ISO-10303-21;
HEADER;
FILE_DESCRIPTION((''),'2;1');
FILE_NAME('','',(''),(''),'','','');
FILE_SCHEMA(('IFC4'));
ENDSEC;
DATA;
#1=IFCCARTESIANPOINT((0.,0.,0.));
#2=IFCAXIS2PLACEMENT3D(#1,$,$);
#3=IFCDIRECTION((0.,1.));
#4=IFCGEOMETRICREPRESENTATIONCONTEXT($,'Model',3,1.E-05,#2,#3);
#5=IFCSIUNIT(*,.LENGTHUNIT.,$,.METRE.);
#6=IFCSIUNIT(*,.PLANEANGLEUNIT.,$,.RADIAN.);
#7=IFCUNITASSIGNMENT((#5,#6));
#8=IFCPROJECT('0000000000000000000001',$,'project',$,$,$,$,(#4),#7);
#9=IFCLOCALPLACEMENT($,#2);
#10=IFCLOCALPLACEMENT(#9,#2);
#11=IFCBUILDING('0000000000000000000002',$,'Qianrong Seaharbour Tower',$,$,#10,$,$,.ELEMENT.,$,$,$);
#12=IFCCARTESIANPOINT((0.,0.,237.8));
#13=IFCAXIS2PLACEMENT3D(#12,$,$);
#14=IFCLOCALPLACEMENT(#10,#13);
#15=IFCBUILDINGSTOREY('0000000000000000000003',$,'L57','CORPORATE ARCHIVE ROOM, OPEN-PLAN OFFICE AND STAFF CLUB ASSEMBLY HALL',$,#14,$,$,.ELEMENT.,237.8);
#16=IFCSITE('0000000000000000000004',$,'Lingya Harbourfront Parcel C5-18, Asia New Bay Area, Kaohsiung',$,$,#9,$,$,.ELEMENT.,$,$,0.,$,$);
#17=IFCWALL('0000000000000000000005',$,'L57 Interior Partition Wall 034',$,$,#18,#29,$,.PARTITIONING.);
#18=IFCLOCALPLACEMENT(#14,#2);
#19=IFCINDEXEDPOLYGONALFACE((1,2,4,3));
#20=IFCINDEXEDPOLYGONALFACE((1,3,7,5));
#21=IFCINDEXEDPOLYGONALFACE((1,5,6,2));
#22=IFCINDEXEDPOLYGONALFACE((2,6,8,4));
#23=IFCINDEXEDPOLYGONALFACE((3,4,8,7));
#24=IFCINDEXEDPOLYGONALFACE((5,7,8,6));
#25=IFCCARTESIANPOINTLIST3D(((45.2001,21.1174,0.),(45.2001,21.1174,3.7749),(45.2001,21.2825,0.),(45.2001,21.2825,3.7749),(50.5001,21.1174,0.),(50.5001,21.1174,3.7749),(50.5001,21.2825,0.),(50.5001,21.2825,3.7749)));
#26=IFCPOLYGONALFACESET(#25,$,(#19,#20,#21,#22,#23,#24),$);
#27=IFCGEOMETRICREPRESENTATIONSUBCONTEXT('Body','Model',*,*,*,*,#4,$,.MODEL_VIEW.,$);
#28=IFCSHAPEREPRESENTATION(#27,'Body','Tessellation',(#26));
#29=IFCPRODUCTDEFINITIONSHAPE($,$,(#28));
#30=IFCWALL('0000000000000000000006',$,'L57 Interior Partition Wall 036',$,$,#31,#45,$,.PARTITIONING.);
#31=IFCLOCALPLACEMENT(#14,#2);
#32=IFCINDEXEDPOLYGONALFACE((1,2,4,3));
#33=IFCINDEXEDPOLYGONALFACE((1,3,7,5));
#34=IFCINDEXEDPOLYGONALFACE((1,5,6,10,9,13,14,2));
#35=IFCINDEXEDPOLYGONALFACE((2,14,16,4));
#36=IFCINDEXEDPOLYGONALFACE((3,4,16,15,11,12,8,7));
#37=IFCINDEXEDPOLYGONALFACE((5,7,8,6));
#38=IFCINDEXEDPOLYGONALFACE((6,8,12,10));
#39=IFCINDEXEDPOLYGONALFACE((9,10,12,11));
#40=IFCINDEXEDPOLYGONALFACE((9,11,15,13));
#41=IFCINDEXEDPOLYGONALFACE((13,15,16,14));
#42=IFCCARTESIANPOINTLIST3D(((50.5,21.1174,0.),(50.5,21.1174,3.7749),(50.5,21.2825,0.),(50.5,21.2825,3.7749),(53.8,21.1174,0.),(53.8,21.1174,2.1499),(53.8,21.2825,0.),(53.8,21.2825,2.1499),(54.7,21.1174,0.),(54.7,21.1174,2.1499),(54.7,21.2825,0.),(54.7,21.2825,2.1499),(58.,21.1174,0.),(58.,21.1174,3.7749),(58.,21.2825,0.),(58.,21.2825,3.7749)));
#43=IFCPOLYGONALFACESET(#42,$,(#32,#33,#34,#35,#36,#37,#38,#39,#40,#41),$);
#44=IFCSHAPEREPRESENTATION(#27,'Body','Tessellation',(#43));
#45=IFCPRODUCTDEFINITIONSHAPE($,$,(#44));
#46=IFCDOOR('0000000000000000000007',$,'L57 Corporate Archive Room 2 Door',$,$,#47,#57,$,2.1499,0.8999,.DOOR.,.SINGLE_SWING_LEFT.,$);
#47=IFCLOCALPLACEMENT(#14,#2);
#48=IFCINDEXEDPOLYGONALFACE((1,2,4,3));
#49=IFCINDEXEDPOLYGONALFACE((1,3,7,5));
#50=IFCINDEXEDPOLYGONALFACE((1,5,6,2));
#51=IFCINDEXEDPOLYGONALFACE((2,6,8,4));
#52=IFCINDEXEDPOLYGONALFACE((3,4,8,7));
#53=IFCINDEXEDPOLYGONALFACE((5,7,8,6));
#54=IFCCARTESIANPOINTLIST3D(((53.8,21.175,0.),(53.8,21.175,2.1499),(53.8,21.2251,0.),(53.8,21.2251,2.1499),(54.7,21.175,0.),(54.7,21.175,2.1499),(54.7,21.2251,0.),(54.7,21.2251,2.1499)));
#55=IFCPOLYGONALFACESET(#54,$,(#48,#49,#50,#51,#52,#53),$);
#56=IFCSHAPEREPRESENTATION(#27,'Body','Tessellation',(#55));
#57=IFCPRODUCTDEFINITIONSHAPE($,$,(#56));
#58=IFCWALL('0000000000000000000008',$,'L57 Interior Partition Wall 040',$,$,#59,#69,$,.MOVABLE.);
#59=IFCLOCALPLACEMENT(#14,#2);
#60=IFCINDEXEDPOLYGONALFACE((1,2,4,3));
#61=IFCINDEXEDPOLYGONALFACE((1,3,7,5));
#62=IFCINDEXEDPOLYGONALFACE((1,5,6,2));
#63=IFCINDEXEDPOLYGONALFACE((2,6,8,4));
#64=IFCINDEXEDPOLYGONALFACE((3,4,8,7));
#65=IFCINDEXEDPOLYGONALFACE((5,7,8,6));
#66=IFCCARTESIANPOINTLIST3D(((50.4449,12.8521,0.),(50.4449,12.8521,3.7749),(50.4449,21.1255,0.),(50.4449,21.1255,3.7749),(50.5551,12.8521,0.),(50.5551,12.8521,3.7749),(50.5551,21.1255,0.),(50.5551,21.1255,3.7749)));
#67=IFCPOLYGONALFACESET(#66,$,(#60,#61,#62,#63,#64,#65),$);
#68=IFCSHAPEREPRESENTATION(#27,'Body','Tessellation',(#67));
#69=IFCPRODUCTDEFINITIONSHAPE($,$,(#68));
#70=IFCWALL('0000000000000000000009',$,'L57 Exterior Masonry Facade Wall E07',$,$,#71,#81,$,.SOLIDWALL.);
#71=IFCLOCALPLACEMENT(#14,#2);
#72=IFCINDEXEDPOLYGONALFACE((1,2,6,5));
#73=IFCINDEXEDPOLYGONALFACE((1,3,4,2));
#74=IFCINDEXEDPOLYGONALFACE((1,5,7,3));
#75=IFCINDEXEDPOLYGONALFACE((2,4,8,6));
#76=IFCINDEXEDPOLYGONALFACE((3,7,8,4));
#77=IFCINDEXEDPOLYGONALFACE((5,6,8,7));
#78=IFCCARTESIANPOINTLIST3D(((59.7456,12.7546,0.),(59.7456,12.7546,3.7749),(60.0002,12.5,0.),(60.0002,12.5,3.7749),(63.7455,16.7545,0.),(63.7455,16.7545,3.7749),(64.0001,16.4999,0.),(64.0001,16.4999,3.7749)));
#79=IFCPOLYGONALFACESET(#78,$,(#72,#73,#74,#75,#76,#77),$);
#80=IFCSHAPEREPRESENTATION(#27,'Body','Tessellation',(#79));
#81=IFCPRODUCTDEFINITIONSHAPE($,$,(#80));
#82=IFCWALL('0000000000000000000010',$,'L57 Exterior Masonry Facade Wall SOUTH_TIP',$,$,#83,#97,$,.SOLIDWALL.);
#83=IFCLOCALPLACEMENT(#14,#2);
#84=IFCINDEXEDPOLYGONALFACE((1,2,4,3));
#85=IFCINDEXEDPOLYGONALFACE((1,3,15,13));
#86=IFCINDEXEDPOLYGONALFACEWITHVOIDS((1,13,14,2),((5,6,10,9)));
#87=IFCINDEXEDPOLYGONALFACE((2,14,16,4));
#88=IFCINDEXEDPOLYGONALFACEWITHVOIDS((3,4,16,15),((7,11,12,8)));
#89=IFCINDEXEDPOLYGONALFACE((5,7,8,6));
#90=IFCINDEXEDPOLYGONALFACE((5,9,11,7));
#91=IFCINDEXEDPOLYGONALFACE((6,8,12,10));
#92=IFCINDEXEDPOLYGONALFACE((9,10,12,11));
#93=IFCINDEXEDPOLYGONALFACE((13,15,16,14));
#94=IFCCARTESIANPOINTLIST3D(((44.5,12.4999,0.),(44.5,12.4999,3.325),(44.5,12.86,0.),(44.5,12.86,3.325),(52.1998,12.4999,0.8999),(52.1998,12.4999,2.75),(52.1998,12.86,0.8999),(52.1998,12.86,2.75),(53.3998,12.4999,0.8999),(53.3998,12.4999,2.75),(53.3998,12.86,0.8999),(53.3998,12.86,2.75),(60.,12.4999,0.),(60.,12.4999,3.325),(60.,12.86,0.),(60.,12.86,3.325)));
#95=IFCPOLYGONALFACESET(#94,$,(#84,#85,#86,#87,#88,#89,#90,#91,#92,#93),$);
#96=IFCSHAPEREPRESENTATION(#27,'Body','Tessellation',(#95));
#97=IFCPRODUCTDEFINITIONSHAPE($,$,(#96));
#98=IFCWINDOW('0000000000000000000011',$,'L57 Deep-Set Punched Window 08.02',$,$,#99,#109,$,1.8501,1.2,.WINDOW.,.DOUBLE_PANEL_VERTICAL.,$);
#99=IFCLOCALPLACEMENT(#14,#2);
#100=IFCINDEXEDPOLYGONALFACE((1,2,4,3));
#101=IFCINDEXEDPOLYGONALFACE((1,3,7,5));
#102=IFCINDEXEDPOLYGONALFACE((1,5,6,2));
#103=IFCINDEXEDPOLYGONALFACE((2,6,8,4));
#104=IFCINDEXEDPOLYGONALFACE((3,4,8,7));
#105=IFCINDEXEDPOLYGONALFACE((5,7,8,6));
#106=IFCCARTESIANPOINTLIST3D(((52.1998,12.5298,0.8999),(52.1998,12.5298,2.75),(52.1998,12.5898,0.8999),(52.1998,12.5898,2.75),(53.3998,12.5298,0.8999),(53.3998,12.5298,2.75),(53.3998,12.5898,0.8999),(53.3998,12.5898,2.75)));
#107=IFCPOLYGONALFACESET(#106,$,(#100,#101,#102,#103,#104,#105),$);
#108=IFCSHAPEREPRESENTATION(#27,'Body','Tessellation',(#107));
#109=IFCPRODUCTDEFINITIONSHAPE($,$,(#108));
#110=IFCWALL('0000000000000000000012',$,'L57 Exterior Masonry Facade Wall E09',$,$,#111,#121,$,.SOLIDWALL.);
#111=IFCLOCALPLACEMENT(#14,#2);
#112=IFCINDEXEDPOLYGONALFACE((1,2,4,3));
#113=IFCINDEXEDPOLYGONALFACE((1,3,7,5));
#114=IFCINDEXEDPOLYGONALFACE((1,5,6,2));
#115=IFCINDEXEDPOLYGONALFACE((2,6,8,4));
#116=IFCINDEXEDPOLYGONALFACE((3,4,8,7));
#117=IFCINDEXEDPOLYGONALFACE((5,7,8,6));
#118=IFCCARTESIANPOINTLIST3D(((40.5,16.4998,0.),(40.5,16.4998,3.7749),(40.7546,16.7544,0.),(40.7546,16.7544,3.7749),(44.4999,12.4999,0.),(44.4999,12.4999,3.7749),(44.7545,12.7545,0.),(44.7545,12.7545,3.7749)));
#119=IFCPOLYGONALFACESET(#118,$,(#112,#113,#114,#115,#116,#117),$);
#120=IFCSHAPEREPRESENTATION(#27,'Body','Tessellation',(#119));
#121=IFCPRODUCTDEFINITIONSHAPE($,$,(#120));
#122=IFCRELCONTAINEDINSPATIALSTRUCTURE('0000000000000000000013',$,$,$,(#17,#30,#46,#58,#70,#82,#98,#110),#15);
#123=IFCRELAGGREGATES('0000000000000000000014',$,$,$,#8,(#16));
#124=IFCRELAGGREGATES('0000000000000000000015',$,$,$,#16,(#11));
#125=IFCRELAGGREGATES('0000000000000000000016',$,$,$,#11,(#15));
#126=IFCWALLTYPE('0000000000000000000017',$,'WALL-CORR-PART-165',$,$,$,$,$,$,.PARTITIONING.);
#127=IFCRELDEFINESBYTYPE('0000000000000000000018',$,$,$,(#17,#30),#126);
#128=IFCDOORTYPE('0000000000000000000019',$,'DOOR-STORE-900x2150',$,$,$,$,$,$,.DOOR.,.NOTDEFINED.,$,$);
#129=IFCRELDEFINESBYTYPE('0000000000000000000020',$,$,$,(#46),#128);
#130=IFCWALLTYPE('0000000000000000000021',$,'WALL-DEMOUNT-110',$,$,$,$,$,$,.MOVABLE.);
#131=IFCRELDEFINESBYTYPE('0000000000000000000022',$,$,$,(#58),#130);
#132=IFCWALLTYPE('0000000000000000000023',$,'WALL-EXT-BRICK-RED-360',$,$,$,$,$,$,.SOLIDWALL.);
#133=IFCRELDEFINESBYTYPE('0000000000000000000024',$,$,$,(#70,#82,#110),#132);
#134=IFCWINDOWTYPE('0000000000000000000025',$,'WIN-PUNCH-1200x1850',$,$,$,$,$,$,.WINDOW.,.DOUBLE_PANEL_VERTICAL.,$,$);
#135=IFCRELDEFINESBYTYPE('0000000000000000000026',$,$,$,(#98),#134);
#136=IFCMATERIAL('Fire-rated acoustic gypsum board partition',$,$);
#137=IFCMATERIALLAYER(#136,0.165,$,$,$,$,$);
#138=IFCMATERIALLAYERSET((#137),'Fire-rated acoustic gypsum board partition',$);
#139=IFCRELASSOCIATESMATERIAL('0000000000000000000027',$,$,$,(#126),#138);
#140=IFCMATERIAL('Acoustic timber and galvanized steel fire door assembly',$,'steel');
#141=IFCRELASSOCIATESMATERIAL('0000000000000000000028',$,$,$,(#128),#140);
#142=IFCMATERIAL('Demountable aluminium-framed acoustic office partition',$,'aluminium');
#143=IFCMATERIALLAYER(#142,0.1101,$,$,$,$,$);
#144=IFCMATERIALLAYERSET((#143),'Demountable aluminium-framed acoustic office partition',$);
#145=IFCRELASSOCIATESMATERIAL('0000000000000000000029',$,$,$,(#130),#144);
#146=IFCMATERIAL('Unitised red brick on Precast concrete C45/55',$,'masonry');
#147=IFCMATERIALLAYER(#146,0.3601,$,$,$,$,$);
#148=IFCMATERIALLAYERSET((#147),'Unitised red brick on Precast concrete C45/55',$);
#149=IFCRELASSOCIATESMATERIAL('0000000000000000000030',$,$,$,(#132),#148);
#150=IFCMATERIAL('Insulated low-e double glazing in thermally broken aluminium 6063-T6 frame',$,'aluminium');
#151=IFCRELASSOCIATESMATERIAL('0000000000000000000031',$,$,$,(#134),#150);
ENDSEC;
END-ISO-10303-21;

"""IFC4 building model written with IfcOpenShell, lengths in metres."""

from ifc_helpers import new_model, si_unit, direction, frame, frame_2d, origin, place, context, subcontext, project, spatial, rectangle, extrude, material, layer, layer_set, type_object, element, fill, save


model = new_model("IFC4")

# Units and contexts
model_context = context("Model", 3, precision=1e-05, world=origin(), true_north=direction((0.0, 1.0)))
body_context = subcontext(model_context, "Body", "Model", "MODEL_VIEW")
ifc_project = project(units=[si_unit("LENGTHUNIT", "METRE"), si_unit("PLANEANGLEUNIT", "RADIAN")], contexts=[model_context])

# Site, building, storey
site_placement = place(None, origin())
site = spatial("IfcSite", under=ifc_project, at=site_placement, Name="Lingya Harbourfront Parcel C5-18, Asia New Bay Area, Kaohsiung", CompositionType="ELEMENT", RefElevation=0.0)
building_placement = place(site_placement, origin())
building = spatial("IfcBuilding", under=site, at=building_placement, Name="Qianrong Seaharbour Tower", CompositionType="ELEMENT")
storey_placement = place(building_placement, frame((0.0, 0.0, 237.8)))
storey = spatial("IfcBuildingStorey", under=building, at=storey_placement, Name="L57", Description="CORPORATE ARCHIVE ROOM, OPEN-PLAN OFFICE AND STAFF CLUB ASSEMBLY HALL", CompositionType="ELEMENT", Elevation=237.8)

# Shared definitions
ifc_material_1 = material(Name="Fire-rated acoustic gypsum board partition")
ifc_layer_1 = layer(ifc_material_1, 0.165)
ifc_layer_set_1 = layer_set([ifc_layer_1], Name="Fire-rated acoustic gypsum board partition")
wall_type_1 = type_object("IfcWallType", Name="WALL-CORR-PART-165", PredefinedType="PARTITIONING", material=ifc_layer_set_1)

# Shared definitions
ifc_material_2 = material(Name="Acoustic timber and galvanized steel fire door assembly", Category="steel")

# Wall
wall_1_placement = place(storey_placement, frame((50.5, 21.2, 0.0), z_axis=(0.0, 0.0, 1.0), x_axis=(-1.0, 0.0, 0.0)))
element("IfcWall", 1, at=wall_1_placement, inside=storey, type_object=wall_type_1, Name="L57 Interior Partition Wall 034", PredefinedType="PARTITIONING", context=body_context, shape_type="SweptSolid", body=[
    extrude(rectangle(XDim=5.3, YDim=0.165, at=frame_2d((2.6499, 0.0))), origin(), (0.0, 0.0, 1.0), 3.7749),
])

# Wall, opening, door
wall_2_placement = place(storey_placement, frame((58.0, 21.2, 0.0), z_axis=(0.0, 0.0, 1.0), x_axis=(-1.0, 0.0, 0.0)))
wall_2 = element("IfcWall", 2, at=wall_2_placement, inside=storey, type_object=wall_type_1, Name="L57 Interior Partition Wall 036", PredefinedType="PARTITIONING", context=body_context, shape_type="SweptSolid", body=[
    extrude(rectangle(XDim=7.5, YDim=0.165, at=frame_2d((3.75, 0.0))), origin(), (0.0, 0.0, 1.0), 3.7749),
])
opening_1_placement = place(wall_2_placement, frame((3.3, 0.0, 0.0)))
opening_1 = element("IfcOpeningElement", 3, at=opening_1_placement, cuts=wall_2, PredefinedType="OPENING", context=body_context, shape_type="SweptSolid", body=[
    extrude(rectangle(XDim=0.8999, YDim=2.1499, at=frame_2d((0.45, 1.075))), frame((0.0, 0.0925, 0.0), z_axis=(0.0, -1.0, 0.0), x_axis=(1.0, 0.0, 0.0)), (0.0, 0.0, 1.0), 0.1851),
])
door_type_1 = type_object("IfcDoorType", Name="DOOR-STORE-900x2150", OperationType="NOTDEFINED", PredefinedType="DOOR", material=ifc_material_2)
door_1_placement = place(opening_1_placement, origin())
door_1 = element("IfcDoor", 4, at=door_1_placement, inside=storey, type_object=door_type_1, Name="L57 Corporate Archive Room 2 Door", OperationType="SINGLE_SWING_LEFT", OverallHeight=2.1499, OverallWidth=0.8999, PredefinedType="DOOR", context=body_context, shape_type="SweptSolid", body=[
    extrude(rectangle(XDim=0.8999, YDim=2.1499, at=frame_2d((0.45, 1.075))), frame((0.0, 0.0249, 0.0), z_axis=(0.0, -1.0, 0.0), x_axis=(1.0, 0.0, 0.0)), (0.0, 0.0, 1.0), 0.05),
])
fill(opening_1, door_1)

# Walls
ifc_material_3 = material(Name="Demountable aluminium-framed acoustic office partition", Category="aluminium")
ifc_layer_2 = layer(ifc_material_3, 0.1101)
ifc_layer_set_2 = layer_set([ifc_layer_2], Name="Demountable aluminium-framed acoustic office partition")
wall_type_2 = type_object("IfcWallType", Name="WALL-DEMOUNT-110", PredefinedType="MOVABLE", material=ifc_layer_set_2)
wall_3_placement = place(storey_placement, frame((50.5, 21.1255, 0.0), z_axis=(0.0, 0.0, 1.0), x_axis=(0.0, -1.0, 0.0)))
element("IfcWall", 5, at=wall_3_placement, inside=storey, type_object=wall_type_2, Name="L57 Interior Partition Wall 040", PredefinedType="MOVABLE", context=body_context, shape_type="SweptSolid", body=[
    extrude(rectangle(XDim=8.2734, YDim=0.1101, at=frame_2d((4.1367, 0.0))), origin(), (0.0, 0.0, 1.0), 3.7749),
])
ifc_material_4 = material(Name="Unitised red brick on Precast concrete C45/55", Category="masonry")
ifc_layer_3 = layer(ifc_material_4, 0.3601)
ifc_layer_set_3 = layer_set([ifc_layer_3], Name="Unitised red brick on Precast concrete C45/55")
wall_type_3 = type_object("IfcWallType", Name="WALL-EXT-BRICK-RED-360", PredefinedType="SOLIDWALL", material=ifc_layer_set_3)
wall_4_placement = place(storey_placement, frame((63.8728, 16.6272, 0.0), z_axis=(0.0, 0.0, 1.0), x_axis=(-0.707107, -0.707107, 0.0)))
element("IfcWall", 6, at=wall_4_placement, inside=storey, type_object=wall_type_3, Name="L57 Exterior Masonry Facade Wall E07", PredefinedType="SOLIDWALL", context=body_context, shape_type="SweptSolid", body=[
    extrude(rectangle(XDim=5.6567, YDim=0.3601, at=frame_2d((2.8284, 0.0))), origin(), (0.0, 0.0, 1.0), 3.7749),
])

# Wall, opening, window
wall_5_placement = place(storey_placement, frame((60.0, 12.6799, 0.0), z_axis=(0.0, 0.0, 1.0), x_axis=(-1.0, 0.0, 0.0)))
wall_5 = element("IfcWall", 7, at=wall_5_placement, inside=storey, type_object=wall_type_3, Name="L57 Exterior Masonry Facade Wall SOUTH_TIP", PredefinedType="SOLIDWALL", context=body_context, shape_type="SweptSolid", body=[
    extrude(rectangle(XDim=15.5, YDim=0.3601, at=frame_2d((7.75, 0.0))), origin(), (0.0, 0.0, 1.0), 3.325),
])
opening_2_placement = place(wall_5_placement, frame((6.6001, 0.0, 0.8999)))
opening_2 = element("IfcOpeningElement", 8, at=opening_2_placement, cuts=wall_5, PredefinedType="OPENING", context=body_context, shape_type="SweptSolid", body=[
    extrude(rectangle(XDim=1.2, YDim=1.8501, at=frame_2d((0.6001, 0.925))), frame((0.0, 0.1899, 0.0), z_axis=(0.0, -1.0, 0.0), x_axis=(1.0, 0.0, 0.0)), (0.0, 0.0, 1.0), 0.3801),
])
ifc_material_5 = material(Name="Insulated low-e double glazing in thermally broken aluminium 6063-T6 frame", Category="aluminium")
window_type = type_object("IfcWindowType", Name="WIN-PUNCH-1200x1850", PartitioningType="DOUBLE_PANEL_VERTICAL", PredefinedType="WINDOW", material=ifc_material_5)
window_placement = place(opening_2_placement, origin())
window = element("IfcWindow", 9, at=window_placement, inside=storey, type_object=window_type, Name="L57 Deep-Set Punched Window 08.02", OverallHeight=1.8501, OverallWidth=1.2, PartitioningType="DOUBLE_PANEL_VERTICAL", PredefinedType="WINDOW", context=body_context, shape_type="SweptSolid", body=[
    extrude(rectangle(XDim=1.2, YDim=1.8501, at=frame_2d((0.6001, 0.925))), frame((0.0, 0.1501, 0.0), z_axis=(0.0, -1.0, 0.0), x_axis=(1.0, 0.0, 0.0)), (0.0, 0.0, 1.0), 0.0601),
])
fill(opening_2, window)

# Wall
wall_6_placement = place(storey_placement, frame((44.6272, 12.6272, 0.0), z_axis=(0.0, 0.0, 1.0), x_axis=(-0.707107, 0.707107, 0.0)))
element("IfcWall", 10, at=wall_6_placement, inside=storey, type_object=wall_type_3, Name="L57 Exterior Masonry Facade Wall E09", PredefinedType="SOLIDWALL", context=body_context, shape_type="SweptSolid", body=[
    extrude(rectangle(XDim=5.6567, YDim=0.3601, at=frame_2d((2.8284, 0.0))), origin(), (0.0, 0.0, 1.0), 3.7749),
])

save(model, "model.ifc")
